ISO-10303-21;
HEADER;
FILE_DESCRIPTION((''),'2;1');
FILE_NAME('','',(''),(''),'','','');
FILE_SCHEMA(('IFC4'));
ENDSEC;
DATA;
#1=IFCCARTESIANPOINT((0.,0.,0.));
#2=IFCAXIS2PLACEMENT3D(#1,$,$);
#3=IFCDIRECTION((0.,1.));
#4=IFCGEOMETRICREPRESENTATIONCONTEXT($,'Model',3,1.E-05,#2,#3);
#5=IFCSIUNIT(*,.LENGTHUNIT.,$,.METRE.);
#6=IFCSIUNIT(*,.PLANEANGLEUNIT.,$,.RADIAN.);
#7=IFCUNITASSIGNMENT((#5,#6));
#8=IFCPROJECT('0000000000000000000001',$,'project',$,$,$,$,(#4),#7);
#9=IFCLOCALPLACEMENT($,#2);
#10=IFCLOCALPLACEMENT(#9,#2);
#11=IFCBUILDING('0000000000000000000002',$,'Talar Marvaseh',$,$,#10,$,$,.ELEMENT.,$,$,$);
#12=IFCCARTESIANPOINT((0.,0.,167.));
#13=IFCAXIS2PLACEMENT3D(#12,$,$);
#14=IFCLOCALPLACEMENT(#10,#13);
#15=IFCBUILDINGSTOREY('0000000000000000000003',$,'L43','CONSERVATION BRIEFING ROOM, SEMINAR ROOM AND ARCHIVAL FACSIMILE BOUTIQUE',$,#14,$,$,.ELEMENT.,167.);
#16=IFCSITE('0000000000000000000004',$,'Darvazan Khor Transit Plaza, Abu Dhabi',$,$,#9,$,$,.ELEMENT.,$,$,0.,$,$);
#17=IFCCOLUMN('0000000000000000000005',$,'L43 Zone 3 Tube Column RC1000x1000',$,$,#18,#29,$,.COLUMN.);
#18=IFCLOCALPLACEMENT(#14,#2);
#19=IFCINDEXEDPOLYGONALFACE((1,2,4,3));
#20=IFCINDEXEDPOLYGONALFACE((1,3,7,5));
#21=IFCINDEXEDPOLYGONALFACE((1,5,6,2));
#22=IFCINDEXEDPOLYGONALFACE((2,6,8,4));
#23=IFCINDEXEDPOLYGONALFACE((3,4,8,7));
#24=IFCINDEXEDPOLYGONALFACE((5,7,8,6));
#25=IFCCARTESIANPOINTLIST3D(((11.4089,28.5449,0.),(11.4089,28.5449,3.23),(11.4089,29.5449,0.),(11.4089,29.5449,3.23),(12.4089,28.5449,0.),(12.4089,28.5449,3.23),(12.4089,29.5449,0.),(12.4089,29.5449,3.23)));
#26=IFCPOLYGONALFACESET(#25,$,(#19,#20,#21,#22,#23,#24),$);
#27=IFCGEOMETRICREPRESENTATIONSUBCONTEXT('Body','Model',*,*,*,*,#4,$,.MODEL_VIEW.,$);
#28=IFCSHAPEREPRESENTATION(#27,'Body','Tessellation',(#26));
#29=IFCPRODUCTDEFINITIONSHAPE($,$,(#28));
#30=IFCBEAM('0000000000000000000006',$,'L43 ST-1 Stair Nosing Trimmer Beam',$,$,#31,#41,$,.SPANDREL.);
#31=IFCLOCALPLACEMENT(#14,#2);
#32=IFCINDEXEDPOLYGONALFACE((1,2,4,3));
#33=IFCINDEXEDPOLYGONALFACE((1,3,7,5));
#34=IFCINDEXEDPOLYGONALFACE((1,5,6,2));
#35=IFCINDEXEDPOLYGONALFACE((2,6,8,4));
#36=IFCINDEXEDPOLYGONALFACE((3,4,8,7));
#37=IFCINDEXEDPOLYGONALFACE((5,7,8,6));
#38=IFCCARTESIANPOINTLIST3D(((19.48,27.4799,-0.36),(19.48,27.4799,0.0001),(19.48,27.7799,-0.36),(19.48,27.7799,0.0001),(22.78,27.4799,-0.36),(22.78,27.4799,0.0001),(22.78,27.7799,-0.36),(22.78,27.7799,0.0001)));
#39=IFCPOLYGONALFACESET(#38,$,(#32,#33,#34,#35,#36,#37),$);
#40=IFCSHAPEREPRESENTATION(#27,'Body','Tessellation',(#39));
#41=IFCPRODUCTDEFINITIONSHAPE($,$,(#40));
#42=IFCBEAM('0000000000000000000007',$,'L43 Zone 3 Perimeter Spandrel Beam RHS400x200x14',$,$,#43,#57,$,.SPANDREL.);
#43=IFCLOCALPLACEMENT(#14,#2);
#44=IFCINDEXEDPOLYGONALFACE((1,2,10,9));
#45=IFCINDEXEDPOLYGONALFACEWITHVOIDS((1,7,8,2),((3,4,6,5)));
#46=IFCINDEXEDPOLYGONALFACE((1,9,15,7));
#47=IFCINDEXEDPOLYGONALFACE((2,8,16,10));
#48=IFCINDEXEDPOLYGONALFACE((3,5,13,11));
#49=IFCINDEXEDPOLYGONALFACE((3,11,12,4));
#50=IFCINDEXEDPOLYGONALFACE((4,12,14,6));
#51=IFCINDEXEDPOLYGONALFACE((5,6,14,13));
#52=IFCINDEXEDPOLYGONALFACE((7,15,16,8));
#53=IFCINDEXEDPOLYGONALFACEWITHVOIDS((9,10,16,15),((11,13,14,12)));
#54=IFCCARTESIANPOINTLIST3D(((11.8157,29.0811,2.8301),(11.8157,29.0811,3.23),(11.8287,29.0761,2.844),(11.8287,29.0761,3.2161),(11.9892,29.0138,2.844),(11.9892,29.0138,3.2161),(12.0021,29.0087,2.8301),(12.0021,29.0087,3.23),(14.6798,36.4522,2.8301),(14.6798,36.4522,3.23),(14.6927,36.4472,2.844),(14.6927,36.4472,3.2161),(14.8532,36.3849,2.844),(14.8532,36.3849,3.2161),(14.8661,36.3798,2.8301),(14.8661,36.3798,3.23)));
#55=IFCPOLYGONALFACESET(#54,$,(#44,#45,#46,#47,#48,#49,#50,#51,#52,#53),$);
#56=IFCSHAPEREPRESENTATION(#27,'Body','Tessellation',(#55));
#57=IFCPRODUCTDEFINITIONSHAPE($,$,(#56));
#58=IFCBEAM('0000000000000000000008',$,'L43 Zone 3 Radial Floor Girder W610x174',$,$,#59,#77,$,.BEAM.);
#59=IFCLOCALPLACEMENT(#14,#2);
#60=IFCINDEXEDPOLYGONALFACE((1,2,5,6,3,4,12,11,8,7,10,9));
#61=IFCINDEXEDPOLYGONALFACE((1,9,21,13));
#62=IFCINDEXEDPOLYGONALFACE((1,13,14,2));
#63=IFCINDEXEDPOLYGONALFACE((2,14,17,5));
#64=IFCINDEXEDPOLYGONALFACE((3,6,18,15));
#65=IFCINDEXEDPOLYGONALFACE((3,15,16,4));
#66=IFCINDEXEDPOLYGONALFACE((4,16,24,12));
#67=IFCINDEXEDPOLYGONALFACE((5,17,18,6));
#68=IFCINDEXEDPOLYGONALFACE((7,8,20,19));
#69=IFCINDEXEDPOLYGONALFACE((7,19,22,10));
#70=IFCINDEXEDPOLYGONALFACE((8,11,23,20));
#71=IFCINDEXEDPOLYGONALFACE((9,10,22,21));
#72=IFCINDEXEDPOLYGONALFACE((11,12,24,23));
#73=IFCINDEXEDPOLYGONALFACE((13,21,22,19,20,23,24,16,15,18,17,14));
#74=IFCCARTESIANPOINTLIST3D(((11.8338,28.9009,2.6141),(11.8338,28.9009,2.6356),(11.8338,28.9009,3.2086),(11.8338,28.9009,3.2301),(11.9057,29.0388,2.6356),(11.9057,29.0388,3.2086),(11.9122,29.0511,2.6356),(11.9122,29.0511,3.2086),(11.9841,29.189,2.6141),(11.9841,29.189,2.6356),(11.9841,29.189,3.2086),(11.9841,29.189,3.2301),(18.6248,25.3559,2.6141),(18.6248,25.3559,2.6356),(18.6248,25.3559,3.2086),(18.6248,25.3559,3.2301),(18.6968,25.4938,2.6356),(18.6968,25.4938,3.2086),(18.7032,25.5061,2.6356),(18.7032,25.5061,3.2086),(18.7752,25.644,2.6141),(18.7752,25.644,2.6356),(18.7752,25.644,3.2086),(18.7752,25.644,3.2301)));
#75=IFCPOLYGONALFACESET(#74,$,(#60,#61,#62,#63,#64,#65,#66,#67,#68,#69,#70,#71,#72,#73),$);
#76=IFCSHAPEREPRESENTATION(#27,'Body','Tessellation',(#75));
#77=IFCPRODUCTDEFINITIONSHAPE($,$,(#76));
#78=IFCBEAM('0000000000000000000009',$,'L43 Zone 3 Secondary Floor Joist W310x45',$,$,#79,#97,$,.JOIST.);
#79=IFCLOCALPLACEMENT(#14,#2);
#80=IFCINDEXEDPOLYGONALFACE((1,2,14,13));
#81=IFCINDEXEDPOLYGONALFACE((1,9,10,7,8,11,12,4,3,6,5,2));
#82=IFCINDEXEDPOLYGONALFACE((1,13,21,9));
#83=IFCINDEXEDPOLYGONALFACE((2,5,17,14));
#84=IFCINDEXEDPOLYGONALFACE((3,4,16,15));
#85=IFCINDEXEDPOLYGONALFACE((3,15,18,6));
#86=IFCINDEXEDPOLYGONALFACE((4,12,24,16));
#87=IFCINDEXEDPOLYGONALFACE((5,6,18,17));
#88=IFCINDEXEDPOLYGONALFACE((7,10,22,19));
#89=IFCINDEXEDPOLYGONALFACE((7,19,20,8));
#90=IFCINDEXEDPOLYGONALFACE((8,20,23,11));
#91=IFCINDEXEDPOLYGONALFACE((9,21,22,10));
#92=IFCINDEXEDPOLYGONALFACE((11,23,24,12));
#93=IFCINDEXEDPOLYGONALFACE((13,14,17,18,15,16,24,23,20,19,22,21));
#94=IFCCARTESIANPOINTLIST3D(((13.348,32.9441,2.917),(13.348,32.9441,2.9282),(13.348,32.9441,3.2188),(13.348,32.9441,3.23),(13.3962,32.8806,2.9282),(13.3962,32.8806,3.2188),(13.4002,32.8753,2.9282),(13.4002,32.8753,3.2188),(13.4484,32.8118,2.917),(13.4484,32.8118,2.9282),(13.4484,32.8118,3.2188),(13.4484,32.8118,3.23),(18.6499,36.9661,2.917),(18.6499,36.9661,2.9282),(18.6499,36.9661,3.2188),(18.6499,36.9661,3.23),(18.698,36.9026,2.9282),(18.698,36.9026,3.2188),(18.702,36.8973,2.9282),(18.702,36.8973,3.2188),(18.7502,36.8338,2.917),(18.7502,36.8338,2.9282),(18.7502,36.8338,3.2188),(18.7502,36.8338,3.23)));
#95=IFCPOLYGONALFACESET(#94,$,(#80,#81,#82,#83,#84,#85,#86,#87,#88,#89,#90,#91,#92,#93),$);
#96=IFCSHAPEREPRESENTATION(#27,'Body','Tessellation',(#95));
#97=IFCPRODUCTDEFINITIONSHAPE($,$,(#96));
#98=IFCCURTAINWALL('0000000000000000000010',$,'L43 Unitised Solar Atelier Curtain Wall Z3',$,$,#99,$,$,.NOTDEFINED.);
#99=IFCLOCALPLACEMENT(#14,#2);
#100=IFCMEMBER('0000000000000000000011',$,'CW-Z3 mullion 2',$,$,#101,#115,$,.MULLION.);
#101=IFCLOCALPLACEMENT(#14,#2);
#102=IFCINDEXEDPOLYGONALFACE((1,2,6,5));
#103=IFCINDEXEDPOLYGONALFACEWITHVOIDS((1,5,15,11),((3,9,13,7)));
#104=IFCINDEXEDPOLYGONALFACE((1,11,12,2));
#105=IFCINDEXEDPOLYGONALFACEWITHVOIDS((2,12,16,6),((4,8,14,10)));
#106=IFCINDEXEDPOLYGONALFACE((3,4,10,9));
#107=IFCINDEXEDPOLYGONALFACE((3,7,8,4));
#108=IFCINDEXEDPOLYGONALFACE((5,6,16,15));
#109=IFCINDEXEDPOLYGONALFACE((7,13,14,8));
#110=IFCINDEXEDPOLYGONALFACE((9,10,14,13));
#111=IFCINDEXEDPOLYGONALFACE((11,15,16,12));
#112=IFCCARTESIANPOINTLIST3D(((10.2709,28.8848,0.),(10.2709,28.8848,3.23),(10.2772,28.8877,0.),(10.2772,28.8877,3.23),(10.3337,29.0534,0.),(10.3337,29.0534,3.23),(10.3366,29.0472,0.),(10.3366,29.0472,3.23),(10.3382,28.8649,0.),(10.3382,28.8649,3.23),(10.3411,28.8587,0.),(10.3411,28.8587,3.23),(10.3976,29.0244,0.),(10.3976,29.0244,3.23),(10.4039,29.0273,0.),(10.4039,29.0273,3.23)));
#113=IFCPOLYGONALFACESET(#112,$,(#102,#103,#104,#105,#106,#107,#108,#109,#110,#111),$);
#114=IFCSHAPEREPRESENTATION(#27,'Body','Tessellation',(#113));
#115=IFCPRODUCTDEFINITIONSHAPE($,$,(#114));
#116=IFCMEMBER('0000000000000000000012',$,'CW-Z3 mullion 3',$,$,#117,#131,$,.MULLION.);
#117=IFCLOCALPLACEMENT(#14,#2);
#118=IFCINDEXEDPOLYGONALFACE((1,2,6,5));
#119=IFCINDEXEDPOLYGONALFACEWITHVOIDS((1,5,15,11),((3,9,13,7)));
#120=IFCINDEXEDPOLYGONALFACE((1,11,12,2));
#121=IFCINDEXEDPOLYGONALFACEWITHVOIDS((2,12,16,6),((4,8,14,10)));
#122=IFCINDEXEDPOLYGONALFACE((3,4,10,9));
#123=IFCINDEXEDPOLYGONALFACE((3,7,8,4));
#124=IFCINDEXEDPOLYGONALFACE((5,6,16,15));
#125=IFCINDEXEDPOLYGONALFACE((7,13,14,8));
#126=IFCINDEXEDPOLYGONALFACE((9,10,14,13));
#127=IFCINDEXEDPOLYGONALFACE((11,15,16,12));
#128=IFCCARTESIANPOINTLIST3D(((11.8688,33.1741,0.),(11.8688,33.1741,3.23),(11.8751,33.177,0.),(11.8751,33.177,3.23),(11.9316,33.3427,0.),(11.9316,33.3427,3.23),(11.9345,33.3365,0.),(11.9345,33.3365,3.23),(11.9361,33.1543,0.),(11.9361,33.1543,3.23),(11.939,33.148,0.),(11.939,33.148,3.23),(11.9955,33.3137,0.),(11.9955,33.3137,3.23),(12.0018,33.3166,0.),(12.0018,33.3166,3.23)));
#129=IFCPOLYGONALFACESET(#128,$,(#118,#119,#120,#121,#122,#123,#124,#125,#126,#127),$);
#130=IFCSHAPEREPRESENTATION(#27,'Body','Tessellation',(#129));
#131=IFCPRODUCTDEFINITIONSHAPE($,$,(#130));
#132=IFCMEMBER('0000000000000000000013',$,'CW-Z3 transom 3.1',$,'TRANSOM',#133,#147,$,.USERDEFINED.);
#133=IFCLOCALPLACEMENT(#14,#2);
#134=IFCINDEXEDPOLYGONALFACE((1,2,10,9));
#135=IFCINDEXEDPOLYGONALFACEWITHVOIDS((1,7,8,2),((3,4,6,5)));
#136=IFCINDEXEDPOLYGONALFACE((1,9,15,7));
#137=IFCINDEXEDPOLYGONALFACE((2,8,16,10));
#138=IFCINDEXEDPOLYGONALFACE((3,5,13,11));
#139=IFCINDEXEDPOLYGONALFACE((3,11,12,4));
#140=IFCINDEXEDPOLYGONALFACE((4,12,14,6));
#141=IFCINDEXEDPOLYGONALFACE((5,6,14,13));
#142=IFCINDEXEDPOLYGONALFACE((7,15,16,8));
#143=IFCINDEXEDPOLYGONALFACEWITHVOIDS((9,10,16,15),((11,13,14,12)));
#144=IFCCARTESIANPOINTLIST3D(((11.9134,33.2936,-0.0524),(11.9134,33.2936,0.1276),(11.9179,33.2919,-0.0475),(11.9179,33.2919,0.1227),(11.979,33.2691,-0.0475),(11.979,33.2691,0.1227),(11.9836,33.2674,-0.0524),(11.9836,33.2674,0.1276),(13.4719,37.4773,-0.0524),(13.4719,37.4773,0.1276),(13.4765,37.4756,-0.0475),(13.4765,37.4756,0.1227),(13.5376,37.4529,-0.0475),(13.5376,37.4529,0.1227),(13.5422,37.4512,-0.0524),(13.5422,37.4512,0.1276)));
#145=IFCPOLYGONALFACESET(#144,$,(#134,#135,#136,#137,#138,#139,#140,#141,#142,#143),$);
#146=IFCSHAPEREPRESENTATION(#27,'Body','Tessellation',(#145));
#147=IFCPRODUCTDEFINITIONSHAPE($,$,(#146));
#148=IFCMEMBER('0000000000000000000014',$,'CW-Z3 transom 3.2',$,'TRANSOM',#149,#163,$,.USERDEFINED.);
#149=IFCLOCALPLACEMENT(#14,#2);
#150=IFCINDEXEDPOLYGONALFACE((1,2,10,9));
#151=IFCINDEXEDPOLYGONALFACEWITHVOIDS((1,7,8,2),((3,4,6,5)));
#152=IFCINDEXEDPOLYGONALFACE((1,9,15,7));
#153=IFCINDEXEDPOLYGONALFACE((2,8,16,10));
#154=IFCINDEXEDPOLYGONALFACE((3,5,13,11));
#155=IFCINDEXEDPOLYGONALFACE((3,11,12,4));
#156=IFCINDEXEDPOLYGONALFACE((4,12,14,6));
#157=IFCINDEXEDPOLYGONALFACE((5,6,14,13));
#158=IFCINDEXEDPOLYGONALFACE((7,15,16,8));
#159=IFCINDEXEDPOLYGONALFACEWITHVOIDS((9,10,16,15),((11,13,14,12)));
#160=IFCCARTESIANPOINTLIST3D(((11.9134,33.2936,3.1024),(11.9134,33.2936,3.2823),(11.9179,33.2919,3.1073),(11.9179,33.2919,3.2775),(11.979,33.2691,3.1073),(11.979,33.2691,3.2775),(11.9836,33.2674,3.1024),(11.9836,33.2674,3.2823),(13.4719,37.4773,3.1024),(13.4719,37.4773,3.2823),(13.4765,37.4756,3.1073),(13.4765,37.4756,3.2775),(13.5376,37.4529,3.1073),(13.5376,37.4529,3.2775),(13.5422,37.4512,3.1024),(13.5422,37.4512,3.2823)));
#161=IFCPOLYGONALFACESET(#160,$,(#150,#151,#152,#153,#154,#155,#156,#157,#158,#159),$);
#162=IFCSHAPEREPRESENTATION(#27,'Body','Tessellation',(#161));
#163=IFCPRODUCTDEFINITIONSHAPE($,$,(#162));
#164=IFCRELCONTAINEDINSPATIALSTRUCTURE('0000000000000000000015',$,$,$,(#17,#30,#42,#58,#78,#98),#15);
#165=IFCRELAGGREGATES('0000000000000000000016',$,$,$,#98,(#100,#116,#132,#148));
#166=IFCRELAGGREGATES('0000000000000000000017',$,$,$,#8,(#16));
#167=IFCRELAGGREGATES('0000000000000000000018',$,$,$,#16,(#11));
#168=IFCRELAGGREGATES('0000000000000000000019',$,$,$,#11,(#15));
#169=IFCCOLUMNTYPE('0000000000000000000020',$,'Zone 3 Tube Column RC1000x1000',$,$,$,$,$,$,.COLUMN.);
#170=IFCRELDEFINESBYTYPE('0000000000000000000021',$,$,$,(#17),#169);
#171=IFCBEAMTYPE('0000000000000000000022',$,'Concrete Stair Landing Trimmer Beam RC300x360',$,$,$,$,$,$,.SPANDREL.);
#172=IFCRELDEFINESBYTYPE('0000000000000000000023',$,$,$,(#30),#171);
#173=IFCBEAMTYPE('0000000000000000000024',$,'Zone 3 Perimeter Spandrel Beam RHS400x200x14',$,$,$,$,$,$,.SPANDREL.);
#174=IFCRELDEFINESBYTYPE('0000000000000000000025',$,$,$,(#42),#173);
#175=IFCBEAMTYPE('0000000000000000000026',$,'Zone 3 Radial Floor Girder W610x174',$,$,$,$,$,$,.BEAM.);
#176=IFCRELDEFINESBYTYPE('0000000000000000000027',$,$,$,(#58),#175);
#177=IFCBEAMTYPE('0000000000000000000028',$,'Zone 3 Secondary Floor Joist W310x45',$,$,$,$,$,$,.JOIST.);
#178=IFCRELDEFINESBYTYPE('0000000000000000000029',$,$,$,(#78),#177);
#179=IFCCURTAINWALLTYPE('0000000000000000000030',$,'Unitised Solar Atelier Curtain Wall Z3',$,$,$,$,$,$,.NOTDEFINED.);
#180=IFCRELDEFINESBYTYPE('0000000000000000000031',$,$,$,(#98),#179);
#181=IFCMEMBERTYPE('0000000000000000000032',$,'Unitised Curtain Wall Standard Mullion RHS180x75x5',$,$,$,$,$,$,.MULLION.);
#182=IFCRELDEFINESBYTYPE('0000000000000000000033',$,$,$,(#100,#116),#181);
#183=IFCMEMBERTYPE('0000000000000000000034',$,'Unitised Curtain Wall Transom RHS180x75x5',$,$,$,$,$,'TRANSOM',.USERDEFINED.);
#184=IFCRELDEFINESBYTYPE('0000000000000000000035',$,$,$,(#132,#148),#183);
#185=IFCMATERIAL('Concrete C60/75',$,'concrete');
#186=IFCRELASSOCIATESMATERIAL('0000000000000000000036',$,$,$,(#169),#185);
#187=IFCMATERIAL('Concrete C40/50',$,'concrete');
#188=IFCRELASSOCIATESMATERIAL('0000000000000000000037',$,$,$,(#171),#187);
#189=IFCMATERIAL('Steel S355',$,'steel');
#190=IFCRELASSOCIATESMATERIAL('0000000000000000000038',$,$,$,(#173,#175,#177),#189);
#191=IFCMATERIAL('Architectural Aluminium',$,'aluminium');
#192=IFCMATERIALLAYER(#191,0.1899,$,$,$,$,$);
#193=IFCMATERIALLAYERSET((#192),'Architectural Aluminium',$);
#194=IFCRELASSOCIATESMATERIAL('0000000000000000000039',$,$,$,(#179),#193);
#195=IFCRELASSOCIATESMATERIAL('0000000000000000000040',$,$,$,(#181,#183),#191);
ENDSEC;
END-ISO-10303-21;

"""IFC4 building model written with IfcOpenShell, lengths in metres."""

from ifc_helpers import new_model, si_unit, direction, frame, origin, origin_2d, place, context, subcontext, project, spatial, rectangle, hollow_rectangle, i_section, extrude, source, transform, mapped, material, layer, layer_set, material_profile, profile_set, type_object, type_shapes, element, aggregate, save


model = new_model("IFC4")

# Units and contexts
model_context = context("Model", 3, precision=1e-05, world=origin(), true_north=direction((0.0, 1.0)))
body_context = subcontext(model_context, "Body", "Model", "MODEL_VIEW")
ifc_project = project(units=[si_unit("LENGTHUNIT", "METRE"), si_unit("PLANEANGLEUNIT", "RADIAN")], contexts=[model_context])

# Site, building, storey
site_placement = place(None, origin())
site = spatial("IfcSite", under=ifc_project, at=site_placement, Name="Darvazan Khor Transit Plaza, Abu Dhabi", CompositionType="ELEMENT", RefElevation=0.0)
building_placement = place(site_placement, origin())
building = spatial("IfcBuilding", under=site, at=building_placement, Name="Talar Marvaseh", CompositionType="ELEMENT")
storey_placement = place(building_placement, frame((0.0, 0.0, 167.0)))
storey = spatial("IfcBuildingStorey", under=building, at=storey_placement, Name="L43", Description="CONSERVATION BRIEFING ROOM, SEMINAR ROOM AND ARCHIVAL FACSIMILE BOUTIQUE", CompositionType="ELEMENT", Elevation=167.0)

# Column
ifc_material_1 = material(Name="Concrete C60/75", Category="concrete")
ifc_material_profile_1 = material_profile(ifc_material_1, rectangle(XDim=1.0, YDim=1.0, at=origin_2d()), Name="RC1000x1000")
ifc_profile_set_1 = profile_set([ifc_material_profile_1], Name="Concrete C60/75")
column_type = type_object("IfcColumnType", Name="Zone 3 Tube Column RC1000x1000", PredefinedType="COLUMN", material=ifc_profile_set_1)
column_placement = place(storey_placement, frame((11.9089, 29.0449, 0.0), z_axis=(0.0, 0.0, 1.0), x_axis=(1.0, 0.0, 0.0)))
element("IfcColumn", 1, at=column_placement, inside=storey, type_object=column_type, Name="L43 Zone 3 Tube Column RC1000x1000", PredefinedType="COLUMN", context=body_context, shape_type="SweptSolid", body=[
    extrude(rectangle(XDim=1.0, YDim=1.0, at=origin_2d()), origin(), (0.0, 0.0, 1.0), 3.23),
])

# Beams
ifc_material_2 = material(Name="Concrete C40/50", Category="concrete")
ifc_material_profile_2 = material_profile(ifc_material_2, rectangle(XDim=0.3, YDim=0.3601, at=origin_2d()), Name="RC300x360")
ifc_profile_set_2 = profile_set([ifc_material_profile_2], Name="Concrete C40/50")
beam_type_1 = type_object("IfcBeamType", Name="Concrete Stair Landing Trimmer Beam RC300x360", PredefinedType="SPANDREL", material=ifc_profile_set_2)
beam_1_placement = place(storey_placement, frame((22.78, 27.6299, -0.1799), z_axis=(-1.0, 0.0, 0.0), x_axis=(0.0, -1.0, 0.0)))
element("IfcBeam", 2, at=beam_1_placement, inside=storey, type_object=beam_type_1, Name="L43 ST-1 Stair Nosing Trimmer Beam", PredefinedType="SPANDREL", context=body_context, shape_type="SweptSolid", body=[
    extrude(rectangle(XDim=0.3, YDim=0.3601, at=origin_2d()), origin(), (0.0, 0.0, 1.0), 3.3),
])
ifc_material_3 = material(Name="Steel S355", Category="steel")
ifc_material_profile_3 = material_profile(ifc_material_3, hollow_rectangle(XDim=0.2, YDim=0.3999, WallThickness=0.0139, at=origin_2d()), Name="RHS400x200x14")
ifc_profile_set_3 = profile_set([ifc_material_profile_3], Name="Steel S355")
beam_type_2 = type_object("IfcBeamType", Name="Zone 3 Perimeter Spandrel Beam RHS400x200x14", PredefinedType="SPANDREL", material=ifc_profile_set_3)
beam_2_placement = place(storey_placement, frame((11.9089, 29.0449, 3.03), z_axis=(0.362169, 0.932112, 0.0), x_axis=(-0.932112, 0.362169, 0.0)))
element("IfcBeam", 3, at=beam_2_placement, inside=storey, type_object=beam_type_2, Name="L43 Zone 3 Perimeter Spandrel Beam RHS400x200x14", PredefinedType="SPANDREL", context=body_context, shape_type="SweptSolid", body=[
    extrude(hollow_rectangle(XDim=0.2, YDim=0.3999, WallThickness=0.0139, at=origin_2d()), origin(), (0.0, 0.0, 1.0), 7.908),
])
ifc_material_profile_4 = material_profile(ifc_material_3, i_section(OverallWidth=0.325, OverallDepth=0.616, WebThickness=0.0139, FlangeThickness=0.0215, at=origin_2d()), Name="W610x174")
ifc_profile_set_4 = profile_set([ifc_material_profile_4], Name="Steel S355")
beam_type_3 = type_object("IfcBeamType", Name="Zone 3 Radial Floor Girder W610x174", PredefinedType="BEAM", material=ifc_profile_set_4)
beam_3_placement = place(storey_placement, frame((11.9089, 29.0449, 2.9221), z_axis=(0.886489, -0.462749, 0.0), x_axis=(0.462749, 0.886489, 0.0)))
element("IfcBeam", 4, at=beam_3_placement, inside=storey, type_object=beam_type_3, Name="L43 Zone 3 Radial Floor Girder W610x174", PredefinedType="BEAM", context=body_context, shape_type="SweptSolid", body=[
    extrude(i_section(OverallWidth=0.325, OverallDepth=0.616, WebThickness=0.0139, FlangeThickness=0.0215, at=origin_2d()), origin(), (0.0, 0.0, 1.0), 7.6606),
])
ifc_material_profile_5 = material_profile(ifc_material_3, i_section(OverallWidth=0.166, OverallDepth=0.313, WebThickness=0.0066, FlangeThickness=0.0112, at=origin_2d()), Name="W310x45")
ifc_profile_set_5 = profile_set([ifc_material_profile_5], Name="Steel S355")
beam_type_4 = type_object("IfcBeamType", Name="Zone 3 Secondary Floor Joist W310x45", PredefinedType="JOIST", material=ifc_profile_set_5)
beam_4_placement = place(storey_placement, frame((13.3982, 32.8779, 3.0735), z_axis=(0.796695, 0.604382, 0.0), x_axis=(-0.604382, 0.796695, 0.0)))
element("IfcBeam", 5, at=beam_4_placement, inside=storey, type_object=beam_type_4, Name="L43 Zone 3 Secondary Floor Joist W310x45", PredefinedType="JOIST", context=body_context, shape_type="SweptSolid", body=[
    extrude(i_section(OverallWidth=0.166, OverallDepth=0.313, WebThickness=0.0066, FlangeThickness=0.0112, at=origin_2d()), origin(), (0.0, 0.0, 1.0), 6.6548),
])

# Curtain wall, members
ifc_material_4 = material(Name="Architectural Aluminium", Category="aluminium")
ifc_layer_1 = layer(ifc_material_4, 0.1899)
ifc_layer_set_1 = layer_set([ifc_layer_1], Name="Architectural Aluminium")
curtain_wall_type = type_object("IfcCurtainWallType", Name="Unitised Solar Atelier Curtain Wall Z3", PredefinedType="NOTDEFINED", material=ifc_layer_set_1)
curtain_wall_placement = place(storey_placement, origin())
curtain_wall = element("IfcCurtainWall", 6, at=curtain_wall_placement, inside=storey, type_object=curtain_wall_type, Name="L43 Unitised Solar Atelier Curtain Wall Z3", PredefinedType="NOTDEFINED")
ifc_material_profile_6 = material_profile(ifc_material_4, hollow_rectangle(XDim=0.075, YDim=0.1799, WallThickness=0.0049, at=origin_2d()), Name="RHS180x75x5")
ifc_profile_set_6 = profile_set([ifc_material_profile_6], Name="Architectural Aluminium")
member_type_1 = type_object("IfcMemberType", Name="Unitised Curtain Wall Standard Mullion RHS180x75x5", PredefinedType="MULLION", material=ifc_profile_set_6)
shared_shape_1 = source(origin(), body_context, "Body", "SweptSolid", [
    extrude(hollow_rectangle(XDim=0.075, YDim=0.1799, WallThickness=0.0049, at=origin_2d()), origin(), (0.0, 0.0, 1.0), 3.23),
])
type_shapes(member_type_1, [shared_shape_1])
member_1_placement = place(storey_placement, frame((10.3374, 28.9561, 0.0), z_axis=(0.0, 0.0, 1.0), x_axis=(-0.937087, 0.349097, 0.0)))
member_1 = element("IfcMember", 7, at=member_1_placement, type_object=member_type_1, Name="CW-Z3 mullion 2", PredefinedType="MULLION", context=body_context, shape_type="MappedRepresentation", body=[
    mapped(shared_shape_1, transform((0.0, 0.0, 0.0), x_axis=(1.0, 0.0, 0.0), y_axis=(0.0, 1.0, 0.0), z_axis=(0.0, 0.0, 1.0), scale=1.0)),
])
member_2_placement = place(storey_placement, frame((11.9353, 33.2454, 0.0), z_axis=(0.0, 0.0, 1.0), x_axis=(-0.937087, 0.349097, 0.0)))
member_2 = element("IfcMember", 8, at=member_2_placement, type_object=member_type_1, Name="CW-Z3 mullion 3", PredefinedType="MULLION", context=body_context, shape_type="MappedRepresentation", body=[
    mapped(shared_shape_1, transform((0.0, 0.0, 0.0), x_axis=(1.0, 0.0, 0.0), y_axis=(0.0, 1.0, 0.0), z_axis=(0.0, 0.0, 1.0), scale=1.0)),
])
ifc_material_profile_7 = material_profile(ifc_material_4, hollow_rectangle(XDim=0.075, YDim=0.1799, WallThickness=0.0049, at=origin_2d()), Name="RHS180x75x5")
ifc_profile_set_7 = profile_set([ifc_material_profile_7], Name="Architectural Aluminium")
member_type_2 = type_object("IfcMemberType", Name="Unitised Curtain Wall Transom RHS180x75x5", ElementType="TRANSOM", PredefinedType="USERDEFINED", material=ifc_profile_set_7)
shared_shape_2 = source(origin(), body_context, "Body", "SweptSolid", [
    extrude(hollow_rectangle(XDim=0.075, YDim=0.1799, WallThickness=0.0049, at=origin_2d()), origin(), (0.0, 0.0, 1.0), 4.4646),
])
member_3_placement = place(storey_placement, frame((11.9485, 33.2805, 0.0376), z_axis=(0.349091, 0.937089, 0.0), x_axis=(-0.937089, 0.349091, 0.0)))
member_3 = element("IfcMember", 9, at=member_3_placement, type_object=member_type_2, Name="CW-Z3 transom 3.1", ObjectType="TRANSOM", PredefinedType="USERDEFINED", context=body_context, shape_type="MappedRepresentation", body=[
    mapped(shared_shape_2, transform((0.0, 0.0, 0.0), x_axis=(1.0, 0.0, 0.0), y_axis=(0.0, 1.0, 0.0), z_axis=(0.0, 0.0, 1.0), scale=1.0)),
])
member_4_placement = place(storey_placement, frame((11.9485, 33.2805, 3.1924), z_axis=(0.349091, 0.937089, 0.0), x_axis=(-0.937089, 0.349091, 0.0)))
member_4 = element("IfcMember", 10, at=member_4_placement, type_object=member_type_2, Name="CW-Z3 transom 3.2", ObjectType="TRANSOM", PredefinedType="USERDEFINED", context=body_context, shape_type="MappedRepresentation", body=[
    mapped(shared_shape_2, transform((0.0, 0.0, 0.0), x_axis=(1.0, 0.0, 0.0), y_axis=(0.0, 1.0, 0.0), z_axis=(0.0, 0.0, 1.0), scale=1.0)),
])
aggregate(curtain_wall, [member_1, member_2, member_3, member_4])

save(model, "model.ifc")
